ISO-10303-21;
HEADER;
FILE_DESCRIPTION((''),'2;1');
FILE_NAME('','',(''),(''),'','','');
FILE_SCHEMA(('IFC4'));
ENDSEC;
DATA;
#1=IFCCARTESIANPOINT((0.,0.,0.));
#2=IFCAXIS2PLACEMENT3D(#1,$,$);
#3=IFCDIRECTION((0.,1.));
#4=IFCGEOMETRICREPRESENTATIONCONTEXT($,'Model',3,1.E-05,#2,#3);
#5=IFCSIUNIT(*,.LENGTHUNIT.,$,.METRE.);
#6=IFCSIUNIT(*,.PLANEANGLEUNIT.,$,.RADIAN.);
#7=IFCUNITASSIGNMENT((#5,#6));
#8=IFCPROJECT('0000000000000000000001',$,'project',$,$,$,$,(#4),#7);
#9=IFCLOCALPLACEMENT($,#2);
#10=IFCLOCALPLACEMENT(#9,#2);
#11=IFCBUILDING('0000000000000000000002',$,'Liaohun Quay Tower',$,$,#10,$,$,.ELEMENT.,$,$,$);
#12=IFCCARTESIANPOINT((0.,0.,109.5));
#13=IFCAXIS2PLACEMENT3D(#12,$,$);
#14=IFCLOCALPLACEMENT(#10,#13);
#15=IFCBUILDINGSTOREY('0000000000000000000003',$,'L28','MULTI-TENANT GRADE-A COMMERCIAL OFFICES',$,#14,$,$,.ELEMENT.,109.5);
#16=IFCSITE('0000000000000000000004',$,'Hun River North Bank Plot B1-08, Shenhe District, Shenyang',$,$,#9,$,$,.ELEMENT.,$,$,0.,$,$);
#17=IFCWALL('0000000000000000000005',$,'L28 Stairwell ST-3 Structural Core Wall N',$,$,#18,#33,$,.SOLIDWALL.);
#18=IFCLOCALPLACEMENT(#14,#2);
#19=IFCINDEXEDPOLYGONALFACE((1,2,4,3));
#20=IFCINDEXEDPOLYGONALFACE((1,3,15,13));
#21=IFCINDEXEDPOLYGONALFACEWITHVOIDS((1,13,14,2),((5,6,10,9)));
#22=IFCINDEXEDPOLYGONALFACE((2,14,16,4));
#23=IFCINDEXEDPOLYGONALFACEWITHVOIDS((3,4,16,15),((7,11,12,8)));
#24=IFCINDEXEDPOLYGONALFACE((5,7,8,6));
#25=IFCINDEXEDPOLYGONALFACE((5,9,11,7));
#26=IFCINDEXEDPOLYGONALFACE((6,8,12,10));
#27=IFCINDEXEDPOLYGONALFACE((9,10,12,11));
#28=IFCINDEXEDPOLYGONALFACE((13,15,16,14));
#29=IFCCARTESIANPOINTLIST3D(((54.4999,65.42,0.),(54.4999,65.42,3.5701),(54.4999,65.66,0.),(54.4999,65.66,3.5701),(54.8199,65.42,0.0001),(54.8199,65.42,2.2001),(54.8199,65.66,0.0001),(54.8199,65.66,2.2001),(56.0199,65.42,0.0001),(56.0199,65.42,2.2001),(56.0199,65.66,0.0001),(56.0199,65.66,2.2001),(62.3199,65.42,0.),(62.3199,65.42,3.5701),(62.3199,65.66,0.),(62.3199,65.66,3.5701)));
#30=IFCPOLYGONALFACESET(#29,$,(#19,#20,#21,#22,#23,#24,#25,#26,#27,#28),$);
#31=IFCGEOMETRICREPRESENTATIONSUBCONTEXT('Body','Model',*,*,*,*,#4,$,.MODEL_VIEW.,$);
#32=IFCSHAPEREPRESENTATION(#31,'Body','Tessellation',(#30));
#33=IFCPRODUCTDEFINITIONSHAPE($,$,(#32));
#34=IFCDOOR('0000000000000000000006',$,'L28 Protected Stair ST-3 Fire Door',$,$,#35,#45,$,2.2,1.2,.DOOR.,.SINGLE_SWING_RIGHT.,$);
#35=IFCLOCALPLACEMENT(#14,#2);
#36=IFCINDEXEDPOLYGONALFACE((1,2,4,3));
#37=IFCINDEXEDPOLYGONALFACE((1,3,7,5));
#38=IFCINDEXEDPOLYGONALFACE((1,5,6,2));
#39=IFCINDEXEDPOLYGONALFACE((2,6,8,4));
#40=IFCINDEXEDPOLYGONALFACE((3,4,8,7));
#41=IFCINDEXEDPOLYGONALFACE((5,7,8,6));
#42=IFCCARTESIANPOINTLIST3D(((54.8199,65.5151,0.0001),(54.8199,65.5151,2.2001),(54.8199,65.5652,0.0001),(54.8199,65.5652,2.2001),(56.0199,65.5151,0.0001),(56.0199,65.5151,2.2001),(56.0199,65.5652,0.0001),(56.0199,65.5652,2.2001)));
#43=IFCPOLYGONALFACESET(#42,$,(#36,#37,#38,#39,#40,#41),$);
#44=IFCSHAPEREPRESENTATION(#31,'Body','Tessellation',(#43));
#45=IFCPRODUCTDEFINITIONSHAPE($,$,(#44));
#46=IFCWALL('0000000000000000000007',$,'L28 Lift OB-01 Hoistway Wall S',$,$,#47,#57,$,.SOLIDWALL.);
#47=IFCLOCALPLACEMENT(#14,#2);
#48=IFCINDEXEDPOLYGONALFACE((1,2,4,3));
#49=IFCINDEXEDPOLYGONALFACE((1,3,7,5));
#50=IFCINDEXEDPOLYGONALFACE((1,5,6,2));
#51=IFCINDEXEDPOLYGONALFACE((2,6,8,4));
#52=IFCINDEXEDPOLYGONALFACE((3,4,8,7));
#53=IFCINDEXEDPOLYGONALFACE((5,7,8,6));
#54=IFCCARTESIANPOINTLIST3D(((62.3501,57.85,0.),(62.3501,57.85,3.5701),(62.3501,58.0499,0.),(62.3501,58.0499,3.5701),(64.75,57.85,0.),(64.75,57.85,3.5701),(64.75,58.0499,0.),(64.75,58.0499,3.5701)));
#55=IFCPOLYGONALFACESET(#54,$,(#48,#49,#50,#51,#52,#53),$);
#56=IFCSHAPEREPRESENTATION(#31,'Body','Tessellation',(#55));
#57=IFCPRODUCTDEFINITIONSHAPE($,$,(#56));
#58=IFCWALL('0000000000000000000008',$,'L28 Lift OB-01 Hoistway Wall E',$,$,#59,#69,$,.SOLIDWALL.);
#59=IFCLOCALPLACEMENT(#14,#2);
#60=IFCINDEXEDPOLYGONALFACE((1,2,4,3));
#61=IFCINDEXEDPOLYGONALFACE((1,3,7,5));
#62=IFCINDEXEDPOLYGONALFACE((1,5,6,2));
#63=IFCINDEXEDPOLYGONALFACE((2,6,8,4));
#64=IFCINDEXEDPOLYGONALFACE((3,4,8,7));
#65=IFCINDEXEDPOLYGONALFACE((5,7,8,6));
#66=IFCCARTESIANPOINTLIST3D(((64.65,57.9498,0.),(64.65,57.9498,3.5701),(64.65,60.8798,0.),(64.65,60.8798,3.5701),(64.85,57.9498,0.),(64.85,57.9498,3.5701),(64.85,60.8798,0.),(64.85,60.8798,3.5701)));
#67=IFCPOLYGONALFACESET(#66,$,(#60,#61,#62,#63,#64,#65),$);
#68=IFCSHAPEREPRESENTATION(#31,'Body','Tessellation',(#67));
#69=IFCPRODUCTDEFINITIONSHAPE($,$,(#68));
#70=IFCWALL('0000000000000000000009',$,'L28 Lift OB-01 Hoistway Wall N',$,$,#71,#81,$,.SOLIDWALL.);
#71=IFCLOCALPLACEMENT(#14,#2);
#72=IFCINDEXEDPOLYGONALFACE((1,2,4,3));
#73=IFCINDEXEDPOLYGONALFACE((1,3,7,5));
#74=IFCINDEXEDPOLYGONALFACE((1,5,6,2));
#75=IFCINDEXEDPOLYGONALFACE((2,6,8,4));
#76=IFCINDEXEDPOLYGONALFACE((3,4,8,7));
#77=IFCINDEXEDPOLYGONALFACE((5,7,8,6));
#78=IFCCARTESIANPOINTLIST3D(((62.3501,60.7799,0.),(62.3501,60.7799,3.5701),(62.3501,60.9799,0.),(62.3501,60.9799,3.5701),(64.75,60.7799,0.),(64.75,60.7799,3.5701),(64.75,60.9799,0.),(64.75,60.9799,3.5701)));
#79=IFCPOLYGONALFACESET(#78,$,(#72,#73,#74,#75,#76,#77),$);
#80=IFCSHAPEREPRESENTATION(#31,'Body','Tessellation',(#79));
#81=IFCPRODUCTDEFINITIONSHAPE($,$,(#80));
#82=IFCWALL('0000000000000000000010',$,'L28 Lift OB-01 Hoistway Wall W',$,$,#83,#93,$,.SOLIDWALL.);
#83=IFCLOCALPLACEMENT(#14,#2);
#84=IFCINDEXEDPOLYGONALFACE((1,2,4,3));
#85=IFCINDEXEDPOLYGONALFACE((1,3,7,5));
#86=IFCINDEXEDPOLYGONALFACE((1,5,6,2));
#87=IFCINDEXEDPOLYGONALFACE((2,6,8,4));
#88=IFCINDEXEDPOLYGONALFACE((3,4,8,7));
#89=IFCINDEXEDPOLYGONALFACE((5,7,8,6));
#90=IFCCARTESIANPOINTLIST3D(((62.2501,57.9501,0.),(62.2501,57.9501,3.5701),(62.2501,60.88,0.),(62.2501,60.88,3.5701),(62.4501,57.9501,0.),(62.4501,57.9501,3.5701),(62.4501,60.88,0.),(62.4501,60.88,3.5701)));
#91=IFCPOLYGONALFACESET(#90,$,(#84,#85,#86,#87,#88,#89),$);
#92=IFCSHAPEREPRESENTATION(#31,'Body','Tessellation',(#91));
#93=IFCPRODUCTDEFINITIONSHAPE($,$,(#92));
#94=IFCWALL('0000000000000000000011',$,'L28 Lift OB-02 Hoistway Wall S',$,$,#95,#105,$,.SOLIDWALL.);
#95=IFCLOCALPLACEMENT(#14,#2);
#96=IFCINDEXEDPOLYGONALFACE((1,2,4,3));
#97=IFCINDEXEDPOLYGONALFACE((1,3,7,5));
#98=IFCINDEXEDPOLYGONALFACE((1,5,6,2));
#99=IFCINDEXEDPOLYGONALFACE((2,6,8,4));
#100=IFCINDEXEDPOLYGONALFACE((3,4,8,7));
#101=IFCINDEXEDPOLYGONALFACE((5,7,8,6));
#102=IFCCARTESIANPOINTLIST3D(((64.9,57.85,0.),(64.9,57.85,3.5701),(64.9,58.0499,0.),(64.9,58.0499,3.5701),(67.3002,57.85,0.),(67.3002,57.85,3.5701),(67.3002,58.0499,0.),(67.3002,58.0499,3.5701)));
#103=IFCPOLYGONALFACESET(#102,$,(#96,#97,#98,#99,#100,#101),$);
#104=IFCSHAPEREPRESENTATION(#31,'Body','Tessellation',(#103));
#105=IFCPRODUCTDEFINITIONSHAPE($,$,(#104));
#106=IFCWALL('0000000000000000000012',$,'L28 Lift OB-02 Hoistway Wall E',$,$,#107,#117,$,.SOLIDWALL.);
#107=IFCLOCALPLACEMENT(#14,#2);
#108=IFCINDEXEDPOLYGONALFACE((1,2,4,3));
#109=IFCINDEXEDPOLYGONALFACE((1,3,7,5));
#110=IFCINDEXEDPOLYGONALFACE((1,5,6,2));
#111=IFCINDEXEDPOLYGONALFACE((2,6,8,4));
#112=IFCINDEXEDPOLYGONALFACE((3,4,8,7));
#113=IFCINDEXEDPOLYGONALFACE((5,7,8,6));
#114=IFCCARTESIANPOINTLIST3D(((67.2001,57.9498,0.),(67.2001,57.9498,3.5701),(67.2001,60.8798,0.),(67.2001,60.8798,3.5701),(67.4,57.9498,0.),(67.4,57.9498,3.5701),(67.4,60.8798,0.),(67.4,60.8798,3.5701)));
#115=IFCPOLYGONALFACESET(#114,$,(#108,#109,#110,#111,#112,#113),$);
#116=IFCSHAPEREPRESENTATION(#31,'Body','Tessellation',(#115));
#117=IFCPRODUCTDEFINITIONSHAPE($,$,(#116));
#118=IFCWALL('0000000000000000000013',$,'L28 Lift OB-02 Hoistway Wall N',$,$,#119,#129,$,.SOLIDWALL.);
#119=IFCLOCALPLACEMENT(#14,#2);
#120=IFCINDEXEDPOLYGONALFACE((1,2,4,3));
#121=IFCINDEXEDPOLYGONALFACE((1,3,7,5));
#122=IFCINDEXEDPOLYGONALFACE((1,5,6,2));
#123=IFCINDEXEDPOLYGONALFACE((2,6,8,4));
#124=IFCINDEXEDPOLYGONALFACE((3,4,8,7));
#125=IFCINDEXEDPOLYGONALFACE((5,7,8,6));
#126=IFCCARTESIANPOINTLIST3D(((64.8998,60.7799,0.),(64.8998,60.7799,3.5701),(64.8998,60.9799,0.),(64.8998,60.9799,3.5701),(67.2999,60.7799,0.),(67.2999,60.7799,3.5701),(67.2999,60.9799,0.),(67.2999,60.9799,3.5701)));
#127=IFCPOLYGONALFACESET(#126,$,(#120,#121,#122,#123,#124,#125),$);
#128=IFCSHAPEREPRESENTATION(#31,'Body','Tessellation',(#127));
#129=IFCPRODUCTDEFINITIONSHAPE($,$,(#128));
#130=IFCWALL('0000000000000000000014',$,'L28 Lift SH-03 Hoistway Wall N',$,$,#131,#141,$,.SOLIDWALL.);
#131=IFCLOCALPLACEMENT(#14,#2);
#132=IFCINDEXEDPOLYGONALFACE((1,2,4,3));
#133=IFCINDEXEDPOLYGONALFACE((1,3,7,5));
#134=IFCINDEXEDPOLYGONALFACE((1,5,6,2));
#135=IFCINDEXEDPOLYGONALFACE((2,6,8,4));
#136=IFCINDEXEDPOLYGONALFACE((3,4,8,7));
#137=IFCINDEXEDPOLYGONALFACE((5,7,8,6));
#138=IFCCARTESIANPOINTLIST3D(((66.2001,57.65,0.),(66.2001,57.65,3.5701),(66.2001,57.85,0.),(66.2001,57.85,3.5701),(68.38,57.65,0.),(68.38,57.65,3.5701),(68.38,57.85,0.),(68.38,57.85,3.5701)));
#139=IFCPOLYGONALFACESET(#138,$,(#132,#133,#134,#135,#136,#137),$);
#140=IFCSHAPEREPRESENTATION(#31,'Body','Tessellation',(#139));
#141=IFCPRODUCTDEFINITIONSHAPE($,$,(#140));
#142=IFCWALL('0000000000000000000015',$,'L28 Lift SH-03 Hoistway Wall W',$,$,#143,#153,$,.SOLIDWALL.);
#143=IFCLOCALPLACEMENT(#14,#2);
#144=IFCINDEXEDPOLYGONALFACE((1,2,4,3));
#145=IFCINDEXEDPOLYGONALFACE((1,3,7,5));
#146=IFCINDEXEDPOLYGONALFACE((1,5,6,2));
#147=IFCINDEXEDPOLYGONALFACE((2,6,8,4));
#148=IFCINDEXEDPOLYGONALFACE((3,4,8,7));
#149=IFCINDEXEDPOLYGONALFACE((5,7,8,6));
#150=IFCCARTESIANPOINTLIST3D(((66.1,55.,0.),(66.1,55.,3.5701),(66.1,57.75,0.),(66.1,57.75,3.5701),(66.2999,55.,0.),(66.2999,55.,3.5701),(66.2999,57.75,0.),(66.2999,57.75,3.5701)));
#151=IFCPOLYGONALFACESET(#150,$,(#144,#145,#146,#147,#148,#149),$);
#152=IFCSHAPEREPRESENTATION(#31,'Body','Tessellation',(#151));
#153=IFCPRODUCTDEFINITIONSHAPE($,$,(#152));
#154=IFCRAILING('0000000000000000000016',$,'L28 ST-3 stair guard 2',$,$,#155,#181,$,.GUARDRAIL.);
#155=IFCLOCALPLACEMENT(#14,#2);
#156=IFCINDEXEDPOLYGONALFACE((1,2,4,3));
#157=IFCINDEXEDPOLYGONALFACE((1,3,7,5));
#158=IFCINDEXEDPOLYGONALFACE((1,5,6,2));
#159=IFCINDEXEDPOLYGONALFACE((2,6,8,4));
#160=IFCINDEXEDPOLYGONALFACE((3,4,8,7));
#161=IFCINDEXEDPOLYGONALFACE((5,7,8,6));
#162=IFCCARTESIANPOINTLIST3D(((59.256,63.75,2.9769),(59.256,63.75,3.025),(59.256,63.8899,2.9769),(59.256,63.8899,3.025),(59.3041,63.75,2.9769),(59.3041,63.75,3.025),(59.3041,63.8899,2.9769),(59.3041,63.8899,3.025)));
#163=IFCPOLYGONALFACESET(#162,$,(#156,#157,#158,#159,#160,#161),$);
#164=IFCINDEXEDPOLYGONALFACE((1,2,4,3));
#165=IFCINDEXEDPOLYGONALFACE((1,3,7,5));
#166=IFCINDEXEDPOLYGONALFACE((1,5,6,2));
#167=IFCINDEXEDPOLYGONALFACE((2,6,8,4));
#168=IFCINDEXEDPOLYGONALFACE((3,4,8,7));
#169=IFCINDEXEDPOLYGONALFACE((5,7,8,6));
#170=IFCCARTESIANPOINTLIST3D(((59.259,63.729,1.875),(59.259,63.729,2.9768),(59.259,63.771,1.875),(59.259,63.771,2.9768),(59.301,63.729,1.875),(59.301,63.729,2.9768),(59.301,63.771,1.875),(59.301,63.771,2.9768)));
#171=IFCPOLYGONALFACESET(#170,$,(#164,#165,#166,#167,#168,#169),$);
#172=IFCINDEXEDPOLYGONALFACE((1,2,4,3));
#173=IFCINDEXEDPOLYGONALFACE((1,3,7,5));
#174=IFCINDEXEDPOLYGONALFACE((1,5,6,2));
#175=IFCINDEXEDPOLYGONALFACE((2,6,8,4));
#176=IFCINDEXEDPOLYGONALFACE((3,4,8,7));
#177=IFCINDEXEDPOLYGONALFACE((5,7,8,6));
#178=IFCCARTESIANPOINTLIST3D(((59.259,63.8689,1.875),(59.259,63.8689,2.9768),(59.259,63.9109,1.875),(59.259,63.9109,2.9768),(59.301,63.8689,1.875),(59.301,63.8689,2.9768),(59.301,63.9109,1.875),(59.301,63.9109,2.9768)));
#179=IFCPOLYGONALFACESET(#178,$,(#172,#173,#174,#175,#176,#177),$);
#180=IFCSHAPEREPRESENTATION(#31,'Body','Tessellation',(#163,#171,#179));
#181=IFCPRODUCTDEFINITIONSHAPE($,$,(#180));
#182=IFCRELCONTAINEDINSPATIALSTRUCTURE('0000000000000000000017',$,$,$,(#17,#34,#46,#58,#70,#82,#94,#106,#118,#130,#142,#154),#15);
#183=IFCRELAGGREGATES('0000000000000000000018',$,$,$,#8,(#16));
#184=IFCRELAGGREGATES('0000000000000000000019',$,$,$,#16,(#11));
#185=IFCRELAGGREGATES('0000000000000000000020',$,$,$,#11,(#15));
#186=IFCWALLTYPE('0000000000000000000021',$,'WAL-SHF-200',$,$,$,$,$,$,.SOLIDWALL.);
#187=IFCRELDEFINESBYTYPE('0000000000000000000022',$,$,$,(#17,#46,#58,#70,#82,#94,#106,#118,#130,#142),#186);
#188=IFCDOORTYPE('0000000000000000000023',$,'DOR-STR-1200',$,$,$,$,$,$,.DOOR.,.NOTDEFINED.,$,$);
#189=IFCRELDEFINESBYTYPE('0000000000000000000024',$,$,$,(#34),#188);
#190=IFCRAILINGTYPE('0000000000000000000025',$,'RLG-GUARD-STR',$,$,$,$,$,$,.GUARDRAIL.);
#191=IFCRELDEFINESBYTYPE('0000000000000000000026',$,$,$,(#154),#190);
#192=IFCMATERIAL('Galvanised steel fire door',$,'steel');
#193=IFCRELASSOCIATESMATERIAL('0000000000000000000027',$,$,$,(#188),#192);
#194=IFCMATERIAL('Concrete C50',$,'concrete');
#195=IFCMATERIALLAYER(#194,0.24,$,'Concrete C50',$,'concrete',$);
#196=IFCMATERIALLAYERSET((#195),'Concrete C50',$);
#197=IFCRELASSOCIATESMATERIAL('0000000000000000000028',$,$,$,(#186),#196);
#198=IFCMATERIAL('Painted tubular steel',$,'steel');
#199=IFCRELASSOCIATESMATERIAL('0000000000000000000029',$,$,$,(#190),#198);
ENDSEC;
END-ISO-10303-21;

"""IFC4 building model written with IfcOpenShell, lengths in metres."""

from ifc_helpers import new_model, si_unit, direction, frame, frame_2d, origin, origin_2d, place, context, subcontext, project, spatial, rectangle, extrude, source, transform, mapped, material, layer, layer_set, type_object, element, fill, save


model = new_model("IFC4")

# Units and contexts
model_context = context("Model", 3, precision=1e-05, world=origin(), true_north=direction((0.0, 1.0)))
body_context = subcontext(model_context, "Body", "Model", "MODEL_VIEW")
ifc_project = project(units=[si_unit("LENGTHUNIT", "METRE"), si_unit("PLANEANGLEUNIT", "RADIAN")], contexts=[model_context])

# Site, building, storey
site_placement = place(None, origin())
site = spatial("IfcSite", under=ifc_project, at=site_placement, Name="Hun River North Bank Plot B1-08, Shenhe District, Shenyang", CompositionType="ELEMENT", RefElevation=0.0)
building_placement = place(site_placement, origin())
building = spatial("IfcBuilding", under=site, at=building_placement, Name="Liaohun Quay Tower", CompositionType="ELEMENT")
storey_placement = place(building_placement, frame((0.0, 0.0, 109.5)))
storey = spatial("IfcBuildingStorey", under=building, at=storey_placement, Name="L28", Description="MULTI-TENANT GRADE-A COMMERCIAL OFFICES", CompositionType="ELEMENT", Elevation=109.5)

# Shared definitions
ifc_material_1 = material(Name="Galvanised steel fire door", Category="steel")
door_type_1 = type_object("IfcDoorType", Name="DOR-STR-1200", OperationType="NOTDEFINED", PredefinedType="DOOR", material=ifc_material_1)
shared_shape_1 = source(origin(), body_context, "Body", "SweptSolid", [
    extrude(rectangle(XDim=1.2, YDim=2.2, at=frame_2d((0.6001, 1.1001))), frame((0.0, 0.0249, 0.0), z_axis=(0.0, -1.0, 0.0), x_axis=(1.0, 0.0, 0.0)), (0.0, 0.0, 1.0), 0.05),
])

# Shared definitions
ifc_material_2 = material(Name="Concrete C50", Category="concrete")
ifc_layer_1 = layer(ifc_material_2, 0.24, Name="Concrete C50", Category="concrete")
ifc_layer_set_1 = layer_set([ifc_layer_1], Name="Concrete C50")
wall_type_1 = type_object("IfcWallType", Name="WAL-SHF-200", PredefinedType="SOLIDWALL", material=ifc_layer_set_1)

# Wall, opening, door
wall_1_placement = place(storey_placement, frame((62.3201, 65.54, 0.0), z_axis=(0.0, 0.0, 1.0), x_axis=(-1.0, 0.0, 0.0)))
wall_1 = element("IfcWall", 1, at=wall_1_placement, inside=storey, type_object=wall_type_1, Name="L28 Stairwell ST-3 Structural Core Wall N", PredefinedType="SOLIDWALL", context=body_context, shape_type="SweptSolid", body=[
    extrude(rectangle(XDim=7.8201, YDim=0.24, at=frame_2d((3.9102, 0.0))), origin(), (0.0, 0.0, 1.0), 3.5701),
])
shared_shape_2 = source(origin(), body_context, "Body", "SweptSolid", [
    extrude(rectangle(XDim=1.2, YDim=2.2, at=frame_2d((0.6001, 1.1001))), frame((0.0, 0.1299, 0.0), z_axis=(0.0, -1.0, 0.0), x_axis=(1.0, 0.0, 0.0)), (0.0, 0.0, 1.0), 0.26),
])
opening_1_placement = place(wall_1_placement, frame((6.3, 0.0, 0.0)))
opening_1 = element("IfcOpeningElement", 2, at=opening_1_placement, cuts=wall_1, PredefinedType="OPENING", context=body_context, shape_type="MappedRepresentation", body=[
    mapped(shared_shape_2, transform((0.0, 0.0, 0.0), x_axis=(1.0, 0.0, 0.0), y_axis=(0.0, 1.0, 0.0), z_axis=(0.0, 0.0, 1.0), scale=1.0)),
])
door_1_placement = place(opening_1_placement, origin())
door_1 = element("IfcDoor", 3, at=door_1_placement, inside=storey, type_object=door_type_1, Name="L28 Protected Stair ST-3 Fire Door", OperationType="SINGLE_SWING_RIGHT", OverallHeight=2.2, OverallWidth=1.2, PredefinedType="DOOR", context=body_context, shape_type="MappedRepresentation", body=[
    mapped(shared_shape_1, transform((0.0, 0.0, 0.0), x_axis=(1.0, 0.0, 0.0), y_axis=(0.0, 1.0, 0.0), z_axis=(0.0, 0.0, 1.0), scale=1.0)),
])
fill(opening_1, door_1)

# Walls
wall_2_placement = place(storey_placement, frame((62.3501, 57.95, 0.0), z_axis=(0.0, 0.0, 1.0), x_axis=(1.0, 0.0, 0.0)))
element("IfcWall", 4, at=wall_2_placement, inside=storey, type_object=wall_type_1, Name="L28 Lift OB-01 Hoistway Wall S", PredefinedType="SOLIDWALL", context=body_context, shape_type="SweptSolid", body=[
    extrude(rectangle(XDim=2.3999, YDim=0.2, at=frame_2d((1.2, 0.0))), origin(), (0.0, 0.0, 1.0), 3.5701),
])
wall_3_placement = place(storey_placement, frame((64.75, 57.95, 0.0), z_axis=(0.0, 0.0, 1.0), x_axis=(0.0, 1.0, 0.0)))
element("IfcWall", 5, at=wall_3_placement, inside=storey, type_object=wall_type_1, Name="L28 Lift OB-01 Hoistway Wall E", PredefinedType="SOLIDWALL", context=body_context, shape_type="SweptSolid", body=[
    extrude(rectangle(XDim=2.9299, YDim=0.2, at=frame_2d((1.4648, 0.0))), origin(), (0.0, 0.0, 1.0), 3.5701),
])
wall_4_placement = place(storey_placement, frame((64.75, 60.8799, 0.0), z_axis=(0.0, 0.0, 1.0), x_axis=(-1.0, 0.0, 0.0)))
element("IfcWall", 6, at=wall_4_placement, inside=storey, type_object=wall_type_1, Name="L28 Lift OB-01 Hoistway Wall N", PredefinedType="SOLIDWALL", context=body_context, shape_type="SweptSolid", body=[
    extrude(rectangle(XDim=2.3999, YDim=0.2, at=frame_2d((1.2, 0.0))), origin(), (0.0, 0.0, 1.0), 3.5701),
])
wall_5_placement = place(storey_placement, frame((62.3501, 60.8799, 0.0), z_axis=(0.0, 0.0, 1.0), x_axis=(0.0, -1.0, 0.0)))
element("IfcWall", 7, at=wall_5_placement, inside=storey, type_object=wall_type_1, Name="L28 Lift OB-01 Hoistway Wall W", PredefinedType="SOLIDWALL", context=body_context, shape_type="SweptSolid", body=[
    extrude(rectangle(XDim=2.9299, YDim=0.2, at=frame_2d((1.4648, 0.0))), origin(), (0.0, 0.0, 1.0), 3.5701),
])
wall_6_placement = place(storey_placement, frame((64.8999, 57.95, 0.0), z_axis=(0.0, 0.0, 1.0), x_axis=(1.0, 0.0, 0.0)))
element("IfcWall", 8, at=wall_6_placement, inside=storey, type_object=wall_type_1, Name="L28 Lift OB-02 Hoistway Wall S", PredefinedType="SOLIDWALL", context=body_context, shape_type="SweptSolid", body=[
    extrude(rectangle(XDim=2.4001, YDim=0.2, at=frame_2d((1.2002, 0.0))), origin(), (0.0, 0.0, 1.0), 3.5701),
])
wall_7_placement = place(storey_placement, frame((67.3, 57.95, 0.0), z_axis=(0.0, 0.0, 1.0), x_axis=(0.0, 1.0, 0.0)))
element("IfcWall", 9, at=wall_7_placement, inside=storey, type_object=wall_type_1, Name="L28 Lift OB-02 Hoistway Wall E", PredefinedType="SOLIDWALL", context=body_context, shape_type="SweptSolid", body=[
    extrude(rectangle(XDim=2.9299, YDim=0.2, at=frame_2d((1.4648, 0.0))), origin(), (0.0, 0.0, 1.0), 3.5701),
])
wall_8_placement = place(storey_placement, frame((67.3, 60.8799, 0.0), z_axis=(0.0, 0.0, 1.0), x_axis=(-1.0, 0.0, 0.0)))
element("IfcWall", 10, at=wall_8_placement, inside=storey, type_object=wall_type_1, Name="L28 Lift OB-02 Hoistway Wall N", PredefinedType="SOLIDWALL", context=body_context, shape_type="SweptSolid", body=[
    extrude(rectangle(XDim=2.4001, YDim=0.2, at=frame_2d((1.2002, 0.0))), origin(), (0.0, 0.0, 1.0), 3.5701),
])
wall_9_placement = place(storey_placement, frame((68.3799, 57.75, 0.0), z_axis=(0.0, 0.0, 1.0), x_axis=(-1.0, 0.0, 0.0)))
element("IfcWall", 11, at=wall_9_placement, inside=storey, type_object=wall_type_1, Name="L28 Lift SH-03 Hoistway Wall N", PredefinedType="SOLIDWALL", context=body_context, shape_type="SweptSolid", body=[
    extrude(rectangle(XDim=2.1799, YDim=0.2, at=frame_2d((1.0898, 0.0))), origin(), (0.0, 0.0, 1.0), 3.5701),
])
wall_10_placement = place(storey_placement, frame((66.2, 57.75, 0.0), z_axis=(0.0, 0.0, 1.0), x_axis=(0.0, -1.0, 0.0)))
element("IfcWall", 12, at=wall_10_placement, inside=storey, type_object=wall_type_1, Name="L28 Lift SH-03 Hoistway Wall W", PredefinedType="SOLIDWALL", context=body_context, shape_type="SweptSolid", body=[
    extrude(rectangle(XDim=2.75, YDim=0.2, at=frame_2d((1.375, 0.0))), origin(), (0.0, 0.0, 1.0), 3.5701),
])

# Railing
ifc_material_3 = material(Name="Painted tubular steel", Category="steel")
railing_type = type_object("IfcRailingType", Name="RLG-GUARD-STR", PredefinedType="GUARDRAIL", material=ifc_material_3)
railing_placement = place(storey_placement, frame((59.28, 63.75, 1.875)))
element("IfcRailing", 13, at=railing_placement, inside=storey, type_object=railing_type, Name="L28 ST-3 stair guard 2", PredefinedType="GUARDRAIL", context=body_context, shape_type="SweptSolid", body=[
    extrude(rectangle(XDim=0.0481, YDim=0.0481, at=origin_2d()), frame((0.0, 0.0, 1.126), z_axis=(0.0, 1.0, 0.0), x_axis=(-1.0, 0.0, 0.0)), (0.0, 0.0, 1.0), 0.1399),
    extrude(rectangle(XDim=0.042, YDim=0.042, at=origin_2d()), origin(), (0.0, 0.0, 1.0), 1.1018),
    extrude(rectangle(XDim=0.042, YDim=0.042, at=origin_2d()), frame((0.0, 0.1399, 0.0)), (0.0, 0.0, 1.0), 1.1018),
])

save(model, "model.ifc")
